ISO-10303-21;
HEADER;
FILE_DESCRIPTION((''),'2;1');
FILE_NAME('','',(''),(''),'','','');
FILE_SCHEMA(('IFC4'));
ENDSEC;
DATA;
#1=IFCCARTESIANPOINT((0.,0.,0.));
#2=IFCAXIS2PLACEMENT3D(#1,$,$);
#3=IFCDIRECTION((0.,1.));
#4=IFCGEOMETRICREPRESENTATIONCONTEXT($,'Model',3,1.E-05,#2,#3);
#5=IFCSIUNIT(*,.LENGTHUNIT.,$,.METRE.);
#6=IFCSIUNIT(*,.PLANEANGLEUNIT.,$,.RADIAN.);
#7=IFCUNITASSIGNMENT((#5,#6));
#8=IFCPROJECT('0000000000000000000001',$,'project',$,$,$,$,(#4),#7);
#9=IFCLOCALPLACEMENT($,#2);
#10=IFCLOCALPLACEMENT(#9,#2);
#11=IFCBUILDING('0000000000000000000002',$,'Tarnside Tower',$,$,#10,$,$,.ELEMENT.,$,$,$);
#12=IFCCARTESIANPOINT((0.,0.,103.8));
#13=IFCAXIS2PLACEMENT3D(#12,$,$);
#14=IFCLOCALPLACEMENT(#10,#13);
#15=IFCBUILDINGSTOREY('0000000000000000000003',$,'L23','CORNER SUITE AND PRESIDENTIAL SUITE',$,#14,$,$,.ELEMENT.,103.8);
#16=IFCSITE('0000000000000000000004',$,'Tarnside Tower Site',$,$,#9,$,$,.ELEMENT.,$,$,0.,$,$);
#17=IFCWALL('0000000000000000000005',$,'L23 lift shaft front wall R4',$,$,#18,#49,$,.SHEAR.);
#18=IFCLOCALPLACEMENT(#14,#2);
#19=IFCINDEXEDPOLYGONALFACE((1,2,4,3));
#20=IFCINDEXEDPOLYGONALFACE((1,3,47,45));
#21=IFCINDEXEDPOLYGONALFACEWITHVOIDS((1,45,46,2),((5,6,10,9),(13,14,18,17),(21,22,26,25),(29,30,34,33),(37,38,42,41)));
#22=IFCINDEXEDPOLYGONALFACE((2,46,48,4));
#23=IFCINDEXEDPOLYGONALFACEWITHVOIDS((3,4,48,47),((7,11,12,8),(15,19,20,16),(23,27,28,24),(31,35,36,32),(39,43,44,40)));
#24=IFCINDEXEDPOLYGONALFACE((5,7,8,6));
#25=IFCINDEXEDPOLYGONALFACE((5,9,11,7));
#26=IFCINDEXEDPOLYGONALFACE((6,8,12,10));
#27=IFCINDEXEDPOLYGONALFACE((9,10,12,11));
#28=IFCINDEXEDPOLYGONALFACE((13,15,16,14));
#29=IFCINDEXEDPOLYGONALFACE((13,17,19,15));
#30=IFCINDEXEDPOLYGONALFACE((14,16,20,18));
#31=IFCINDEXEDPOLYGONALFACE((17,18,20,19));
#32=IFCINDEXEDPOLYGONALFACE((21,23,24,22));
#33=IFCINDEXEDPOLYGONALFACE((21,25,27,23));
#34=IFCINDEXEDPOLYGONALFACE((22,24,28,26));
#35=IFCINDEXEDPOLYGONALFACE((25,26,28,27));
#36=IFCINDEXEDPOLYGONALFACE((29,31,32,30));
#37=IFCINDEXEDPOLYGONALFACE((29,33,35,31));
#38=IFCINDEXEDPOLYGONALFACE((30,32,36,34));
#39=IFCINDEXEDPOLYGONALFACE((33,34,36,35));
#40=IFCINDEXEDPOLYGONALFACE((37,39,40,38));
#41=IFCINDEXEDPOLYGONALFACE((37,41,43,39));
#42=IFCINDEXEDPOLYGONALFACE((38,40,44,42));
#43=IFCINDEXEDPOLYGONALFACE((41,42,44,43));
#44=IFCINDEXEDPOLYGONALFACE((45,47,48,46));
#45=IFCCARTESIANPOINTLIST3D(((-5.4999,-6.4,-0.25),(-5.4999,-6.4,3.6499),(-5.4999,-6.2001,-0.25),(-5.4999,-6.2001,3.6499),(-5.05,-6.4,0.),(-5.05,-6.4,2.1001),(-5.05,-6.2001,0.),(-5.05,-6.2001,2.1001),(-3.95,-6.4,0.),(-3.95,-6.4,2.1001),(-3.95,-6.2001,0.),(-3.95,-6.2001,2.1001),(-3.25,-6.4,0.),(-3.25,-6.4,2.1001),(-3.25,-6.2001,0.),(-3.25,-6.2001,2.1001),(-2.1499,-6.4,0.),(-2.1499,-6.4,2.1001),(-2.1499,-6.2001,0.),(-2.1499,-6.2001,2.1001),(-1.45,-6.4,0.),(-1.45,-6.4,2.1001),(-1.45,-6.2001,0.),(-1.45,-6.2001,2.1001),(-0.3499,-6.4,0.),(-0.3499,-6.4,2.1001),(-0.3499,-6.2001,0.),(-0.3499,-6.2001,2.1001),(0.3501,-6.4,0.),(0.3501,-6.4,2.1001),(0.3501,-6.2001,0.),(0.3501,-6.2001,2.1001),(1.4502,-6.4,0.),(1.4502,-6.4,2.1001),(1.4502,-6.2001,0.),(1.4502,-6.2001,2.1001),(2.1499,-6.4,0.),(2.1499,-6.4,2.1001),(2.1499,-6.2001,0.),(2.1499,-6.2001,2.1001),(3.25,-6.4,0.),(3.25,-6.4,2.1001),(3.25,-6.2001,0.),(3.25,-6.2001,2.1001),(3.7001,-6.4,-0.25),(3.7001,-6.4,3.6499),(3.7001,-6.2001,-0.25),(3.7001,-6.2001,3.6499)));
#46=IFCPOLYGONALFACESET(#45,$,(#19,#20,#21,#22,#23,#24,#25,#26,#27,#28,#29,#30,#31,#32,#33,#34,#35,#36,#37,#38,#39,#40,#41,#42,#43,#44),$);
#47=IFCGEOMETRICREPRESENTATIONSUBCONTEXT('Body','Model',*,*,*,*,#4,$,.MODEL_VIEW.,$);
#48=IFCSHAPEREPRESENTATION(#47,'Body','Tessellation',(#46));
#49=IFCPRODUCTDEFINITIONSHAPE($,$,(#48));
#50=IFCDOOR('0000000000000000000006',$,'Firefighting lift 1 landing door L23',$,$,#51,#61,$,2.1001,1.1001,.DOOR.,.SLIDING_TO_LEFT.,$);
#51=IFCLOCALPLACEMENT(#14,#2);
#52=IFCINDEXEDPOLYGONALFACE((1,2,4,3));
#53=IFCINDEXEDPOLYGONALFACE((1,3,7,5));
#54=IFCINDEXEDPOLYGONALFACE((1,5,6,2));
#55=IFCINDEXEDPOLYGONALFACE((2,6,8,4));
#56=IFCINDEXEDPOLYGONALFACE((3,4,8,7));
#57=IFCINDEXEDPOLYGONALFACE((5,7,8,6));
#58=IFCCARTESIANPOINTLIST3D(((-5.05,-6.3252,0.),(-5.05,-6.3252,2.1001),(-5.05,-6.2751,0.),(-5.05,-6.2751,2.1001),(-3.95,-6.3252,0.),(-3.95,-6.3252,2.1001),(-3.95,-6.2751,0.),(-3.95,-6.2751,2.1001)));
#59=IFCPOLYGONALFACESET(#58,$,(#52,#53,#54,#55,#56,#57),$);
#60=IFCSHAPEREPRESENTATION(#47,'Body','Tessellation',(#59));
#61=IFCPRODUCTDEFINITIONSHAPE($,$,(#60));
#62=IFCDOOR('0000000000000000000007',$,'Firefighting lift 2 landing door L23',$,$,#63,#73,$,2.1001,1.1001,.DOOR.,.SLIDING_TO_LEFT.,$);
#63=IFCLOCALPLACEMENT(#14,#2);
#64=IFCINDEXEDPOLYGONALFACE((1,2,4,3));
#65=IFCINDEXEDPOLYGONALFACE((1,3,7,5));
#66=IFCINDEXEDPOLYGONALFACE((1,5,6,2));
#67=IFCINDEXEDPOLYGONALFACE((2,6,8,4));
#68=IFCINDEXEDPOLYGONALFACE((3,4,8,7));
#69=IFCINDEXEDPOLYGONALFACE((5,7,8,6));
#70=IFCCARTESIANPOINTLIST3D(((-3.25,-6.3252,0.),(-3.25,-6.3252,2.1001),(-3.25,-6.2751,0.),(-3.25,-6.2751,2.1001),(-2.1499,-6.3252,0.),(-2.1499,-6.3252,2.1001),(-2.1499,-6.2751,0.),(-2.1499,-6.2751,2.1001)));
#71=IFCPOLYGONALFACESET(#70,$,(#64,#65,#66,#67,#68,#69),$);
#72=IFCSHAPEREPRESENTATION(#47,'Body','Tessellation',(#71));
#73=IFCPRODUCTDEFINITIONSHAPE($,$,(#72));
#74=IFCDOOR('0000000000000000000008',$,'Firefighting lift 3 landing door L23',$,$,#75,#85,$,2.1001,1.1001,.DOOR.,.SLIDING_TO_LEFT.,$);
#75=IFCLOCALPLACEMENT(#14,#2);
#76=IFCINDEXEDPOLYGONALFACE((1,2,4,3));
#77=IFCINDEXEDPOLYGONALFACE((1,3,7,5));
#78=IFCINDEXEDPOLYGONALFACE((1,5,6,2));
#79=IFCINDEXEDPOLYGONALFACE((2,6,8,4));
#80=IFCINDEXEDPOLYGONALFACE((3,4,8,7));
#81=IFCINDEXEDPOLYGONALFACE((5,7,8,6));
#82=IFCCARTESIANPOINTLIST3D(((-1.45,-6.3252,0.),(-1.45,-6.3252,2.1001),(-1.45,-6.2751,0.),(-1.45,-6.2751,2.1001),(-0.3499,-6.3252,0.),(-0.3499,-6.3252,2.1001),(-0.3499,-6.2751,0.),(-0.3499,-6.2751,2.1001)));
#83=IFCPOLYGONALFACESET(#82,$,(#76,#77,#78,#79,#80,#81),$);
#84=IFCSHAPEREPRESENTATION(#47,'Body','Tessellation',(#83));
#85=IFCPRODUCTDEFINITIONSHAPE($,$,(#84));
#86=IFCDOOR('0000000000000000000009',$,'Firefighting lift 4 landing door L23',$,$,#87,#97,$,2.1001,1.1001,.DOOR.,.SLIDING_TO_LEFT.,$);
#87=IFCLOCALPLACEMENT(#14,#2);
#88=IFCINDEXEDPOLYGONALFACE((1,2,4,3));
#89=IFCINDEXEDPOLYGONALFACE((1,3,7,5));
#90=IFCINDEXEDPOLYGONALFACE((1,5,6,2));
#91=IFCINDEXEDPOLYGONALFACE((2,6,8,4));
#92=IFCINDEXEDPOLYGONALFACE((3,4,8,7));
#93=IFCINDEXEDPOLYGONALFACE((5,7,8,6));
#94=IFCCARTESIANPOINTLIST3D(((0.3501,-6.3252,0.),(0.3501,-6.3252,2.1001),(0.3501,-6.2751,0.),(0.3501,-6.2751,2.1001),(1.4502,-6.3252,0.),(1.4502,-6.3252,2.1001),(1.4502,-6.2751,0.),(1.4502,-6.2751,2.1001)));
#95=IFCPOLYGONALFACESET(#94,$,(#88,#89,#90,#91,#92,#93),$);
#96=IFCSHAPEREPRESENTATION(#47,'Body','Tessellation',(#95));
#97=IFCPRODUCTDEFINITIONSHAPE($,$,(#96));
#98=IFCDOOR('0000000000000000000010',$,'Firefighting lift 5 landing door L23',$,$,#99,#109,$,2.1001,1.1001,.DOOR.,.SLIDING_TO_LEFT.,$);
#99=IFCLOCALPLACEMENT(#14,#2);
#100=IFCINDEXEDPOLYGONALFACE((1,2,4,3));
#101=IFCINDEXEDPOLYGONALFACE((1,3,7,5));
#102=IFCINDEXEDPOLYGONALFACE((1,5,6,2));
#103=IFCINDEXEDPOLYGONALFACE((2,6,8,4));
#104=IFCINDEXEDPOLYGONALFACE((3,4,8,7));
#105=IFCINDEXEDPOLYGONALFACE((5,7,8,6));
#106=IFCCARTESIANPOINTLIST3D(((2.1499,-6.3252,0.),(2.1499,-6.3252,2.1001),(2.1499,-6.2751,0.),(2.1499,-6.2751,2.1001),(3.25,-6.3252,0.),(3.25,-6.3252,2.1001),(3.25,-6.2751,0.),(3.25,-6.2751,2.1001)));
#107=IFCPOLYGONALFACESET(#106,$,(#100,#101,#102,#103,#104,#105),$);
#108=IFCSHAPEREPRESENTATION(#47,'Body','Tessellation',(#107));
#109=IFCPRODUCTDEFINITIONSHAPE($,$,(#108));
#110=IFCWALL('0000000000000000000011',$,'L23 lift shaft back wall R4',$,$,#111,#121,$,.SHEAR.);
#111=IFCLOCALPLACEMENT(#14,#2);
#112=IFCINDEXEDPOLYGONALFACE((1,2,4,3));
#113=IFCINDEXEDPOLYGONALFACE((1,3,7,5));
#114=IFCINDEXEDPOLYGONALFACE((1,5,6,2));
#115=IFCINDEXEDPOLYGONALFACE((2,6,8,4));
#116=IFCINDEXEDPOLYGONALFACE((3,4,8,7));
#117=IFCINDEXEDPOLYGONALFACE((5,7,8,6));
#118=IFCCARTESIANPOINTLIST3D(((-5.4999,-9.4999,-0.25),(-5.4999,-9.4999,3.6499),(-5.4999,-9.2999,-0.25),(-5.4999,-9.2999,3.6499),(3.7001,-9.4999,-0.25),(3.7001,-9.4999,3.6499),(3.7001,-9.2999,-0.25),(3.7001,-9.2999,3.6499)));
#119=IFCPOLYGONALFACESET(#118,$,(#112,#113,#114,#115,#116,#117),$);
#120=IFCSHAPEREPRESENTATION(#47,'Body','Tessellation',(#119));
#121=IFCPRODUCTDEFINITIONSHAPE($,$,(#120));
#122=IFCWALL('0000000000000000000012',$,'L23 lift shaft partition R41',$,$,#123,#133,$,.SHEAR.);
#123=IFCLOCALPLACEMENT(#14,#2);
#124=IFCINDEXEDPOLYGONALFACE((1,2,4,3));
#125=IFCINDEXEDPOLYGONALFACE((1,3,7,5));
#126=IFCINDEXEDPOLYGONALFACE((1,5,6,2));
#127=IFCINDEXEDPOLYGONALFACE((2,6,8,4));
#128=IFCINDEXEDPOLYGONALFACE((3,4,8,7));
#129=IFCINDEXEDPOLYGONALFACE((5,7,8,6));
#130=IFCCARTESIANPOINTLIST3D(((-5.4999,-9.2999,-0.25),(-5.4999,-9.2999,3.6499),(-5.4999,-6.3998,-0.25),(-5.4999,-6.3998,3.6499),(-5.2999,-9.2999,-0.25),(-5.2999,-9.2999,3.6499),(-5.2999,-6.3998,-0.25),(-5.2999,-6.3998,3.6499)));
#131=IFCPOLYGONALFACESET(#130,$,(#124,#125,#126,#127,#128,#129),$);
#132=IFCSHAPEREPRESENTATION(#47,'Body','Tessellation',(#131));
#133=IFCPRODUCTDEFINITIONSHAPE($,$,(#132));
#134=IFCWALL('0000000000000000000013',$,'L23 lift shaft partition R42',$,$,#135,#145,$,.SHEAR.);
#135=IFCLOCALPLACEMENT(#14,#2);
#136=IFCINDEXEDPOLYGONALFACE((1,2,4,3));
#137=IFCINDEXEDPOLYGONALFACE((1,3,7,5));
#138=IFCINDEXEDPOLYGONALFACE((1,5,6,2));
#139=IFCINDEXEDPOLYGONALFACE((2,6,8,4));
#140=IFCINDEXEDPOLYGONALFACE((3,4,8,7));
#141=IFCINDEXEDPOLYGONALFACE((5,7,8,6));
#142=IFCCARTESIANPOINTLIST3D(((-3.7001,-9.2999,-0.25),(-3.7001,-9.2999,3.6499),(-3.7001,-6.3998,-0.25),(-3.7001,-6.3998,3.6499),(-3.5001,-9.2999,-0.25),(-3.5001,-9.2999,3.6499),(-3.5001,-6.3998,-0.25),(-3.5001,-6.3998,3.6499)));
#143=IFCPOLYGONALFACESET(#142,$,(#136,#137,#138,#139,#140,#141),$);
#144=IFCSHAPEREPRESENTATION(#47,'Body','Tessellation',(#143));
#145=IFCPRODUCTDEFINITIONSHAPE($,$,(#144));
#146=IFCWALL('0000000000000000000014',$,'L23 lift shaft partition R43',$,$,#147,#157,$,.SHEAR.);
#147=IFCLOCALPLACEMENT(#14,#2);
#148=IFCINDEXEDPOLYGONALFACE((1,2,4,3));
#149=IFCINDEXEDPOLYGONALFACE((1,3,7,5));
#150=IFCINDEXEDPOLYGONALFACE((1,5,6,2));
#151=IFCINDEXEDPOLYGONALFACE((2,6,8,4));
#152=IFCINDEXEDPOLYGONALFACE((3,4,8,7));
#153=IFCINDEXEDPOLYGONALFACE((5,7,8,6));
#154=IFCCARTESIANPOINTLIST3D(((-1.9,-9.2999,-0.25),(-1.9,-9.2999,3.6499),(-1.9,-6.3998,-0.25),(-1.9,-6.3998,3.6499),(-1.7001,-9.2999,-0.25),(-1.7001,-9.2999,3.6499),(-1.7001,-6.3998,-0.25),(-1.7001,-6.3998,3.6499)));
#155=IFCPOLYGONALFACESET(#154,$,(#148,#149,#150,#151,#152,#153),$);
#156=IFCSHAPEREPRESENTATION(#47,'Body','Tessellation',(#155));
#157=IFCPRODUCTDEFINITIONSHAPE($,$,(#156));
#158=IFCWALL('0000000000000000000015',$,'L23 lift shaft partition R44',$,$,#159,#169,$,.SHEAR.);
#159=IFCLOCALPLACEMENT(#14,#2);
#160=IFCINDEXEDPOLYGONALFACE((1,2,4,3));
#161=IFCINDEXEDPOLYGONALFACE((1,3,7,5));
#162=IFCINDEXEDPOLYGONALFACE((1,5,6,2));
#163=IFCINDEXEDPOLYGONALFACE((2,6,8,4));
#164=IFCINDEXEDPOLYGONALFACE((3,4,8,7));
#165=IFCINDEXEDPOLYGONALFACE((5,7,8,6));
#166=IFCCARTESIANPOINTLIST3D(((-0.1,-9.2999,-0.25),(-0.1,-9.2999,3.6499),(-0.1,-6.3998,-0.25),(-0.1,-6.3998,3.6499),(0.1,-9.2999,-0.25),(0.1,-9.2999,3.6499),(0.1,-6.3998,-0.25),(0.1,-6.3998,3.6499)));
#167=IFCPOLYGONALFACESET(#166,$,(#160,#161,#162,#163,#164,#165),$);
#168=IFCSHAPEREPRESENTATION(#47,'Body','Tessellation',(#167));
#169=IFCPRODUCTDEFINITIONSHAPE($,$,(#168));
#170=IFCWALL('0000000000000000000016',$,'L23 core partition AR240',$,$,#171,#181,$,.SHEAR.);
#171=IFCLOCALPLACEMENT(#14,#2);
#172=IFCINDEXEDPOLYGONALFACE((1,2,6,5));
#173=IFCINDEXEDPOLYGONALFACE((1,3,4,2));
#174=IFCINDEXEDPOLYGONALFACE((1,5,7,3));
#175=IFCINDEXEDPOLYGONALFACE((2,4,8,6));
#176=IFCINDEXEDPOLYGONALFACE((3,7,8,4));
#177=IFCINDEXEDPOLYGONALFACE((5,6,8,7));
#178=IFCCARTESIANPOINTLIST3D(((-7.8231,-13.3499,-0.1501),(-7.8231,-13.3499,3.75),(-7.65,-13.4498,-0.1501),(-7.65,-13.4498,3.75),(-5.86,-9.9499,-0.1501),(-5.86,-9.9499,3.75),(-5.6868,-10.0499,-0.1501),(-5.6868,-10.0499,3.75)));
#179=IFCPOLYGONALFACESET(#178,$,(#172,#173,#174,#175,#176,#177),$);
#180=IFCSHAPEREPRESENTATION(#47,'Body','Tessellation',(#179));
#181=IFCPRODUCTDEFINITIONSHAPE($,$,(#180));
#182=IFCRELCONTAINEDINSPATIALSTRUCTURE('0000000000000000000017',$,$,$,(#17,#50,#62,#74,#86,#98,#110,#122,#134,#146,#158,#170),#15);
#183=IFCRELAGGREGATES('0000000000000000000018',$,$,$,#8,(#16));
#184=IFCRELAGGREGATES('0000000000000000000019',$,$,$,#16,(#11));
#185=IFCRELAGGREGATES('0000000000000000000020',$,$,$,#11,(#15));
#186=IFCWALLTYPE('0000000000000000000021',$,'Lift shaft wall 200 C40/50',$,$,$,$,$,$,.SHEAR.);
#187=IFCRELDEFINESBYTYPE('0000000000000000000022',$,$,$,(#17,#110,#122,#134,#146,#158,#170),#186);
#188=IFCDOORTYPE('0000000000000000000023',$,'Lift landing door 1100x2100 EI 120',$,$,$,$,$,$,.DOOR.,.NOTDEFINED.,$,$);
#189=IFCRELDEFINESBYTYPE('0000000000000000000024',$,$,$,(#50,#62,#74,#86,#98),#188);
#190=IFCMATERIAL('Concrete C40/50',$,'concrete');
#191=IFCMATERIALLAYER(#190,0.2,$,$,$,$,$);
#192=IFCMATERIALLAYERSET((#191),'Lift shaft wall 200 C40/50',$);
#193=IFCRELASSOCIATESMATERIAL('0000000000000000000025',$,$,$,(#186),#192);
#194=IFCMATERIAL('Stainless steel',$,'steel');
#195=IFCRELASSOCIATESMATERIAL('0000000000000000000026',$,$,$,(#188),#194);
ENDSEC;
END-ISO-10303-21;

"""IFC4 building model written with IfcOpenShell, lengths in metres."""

from ifc_helpers import new_model, si_unit, direction, frame, frame_2d, origin, place, context, subcontext, project, spatial, rectangle, extrude, material, layer, layer_set, type_object, element, fill, save


model = new_model("IFC4")

# Units and contexts
model_context = context("Model", 3, precision=1e-05, world=origin(), true_north=direction((0.0, 1.0)))
body_context = subcontext(model_context, "Body", "Model", "MODEL_VIEW")
ifc_project = project(units=[si_unit("LENGTHUNIT", "METRE"), si_unit("PLANEANGLEUNIT", "RADIAN")], contexts=[model_context])

# Site, building, storey
site_placement = place(None, origin())
site = spatial("IfcSite", under=ifc_project, at=site_placement, Name="Tarnside Tower Site", CompositionType="ELEMENT", RefElevation=0.0)
building_placement = place(site_placement, origin())
building = spatial("IfcBuilding", under=site, at=building_placement, Name="Tarnside Tower", CompositionType="ELEMENT")
storey_placement = place(building_placement, frame((0.0, 0.0, 103.8)))
storey = spatial("IfcBuildingStorey", under=building, at=storey_placement, Name="L23", Description="CORNER SUITE AND PRESIDENTIAL SUITE", CompositionType="ELEMENT", Elevation=103.8)

# Shared definitions
ifc_material_1 = material(Name="Concrete C40/50", Category="concrete")

# Wall, openings, doors
ifc_layer_1 = layer(ifc_material_1, 0.2)
ifc_layer_set_1 = layer_set([ifc_layer_1], Name="Lift shaft wall 200 C40/50")
wall_type_1 = type_object("IfcWallType", Name="Lift shaft wall 200 C40/50", PredefinedType="SHEAR", material=ifc_layer_set_1)
wall_1_placement = place(storey_placement, frame((-5.5, -6.3, -0.25), z_axis=(0.0, 0.0, 1.0), x_axis=(1.0, 0.0, 0.0)))
wall_1 = element("IfcWall", 1, at=wall_1_placement, inside=storey, type_object=wall_type_1, Name="L23 lift shaft front wall R4", PredefinedType="SHEAR", context=body_context, shape_type="SweptSolid", body=[
    extrude(rectangle(XDim=9.2, YDim=0.2, at=frame_2d((4.6001, 0.0))), origin(), (0.0, 0.0, 1.0), 3.8999),
])
opening_1_placement = place(wall_1_placement, frame((0.45, 0.0, 0.25)))
opening_1 = element("IfcOpeningElement", 2, at=opening_1_placement, cuts=wall_1, PredefinedType="OPENING", context=body_context, shape_type="SweptSolid", body=[
    extrude(rectangle(XDim=1.1001, YDim=2.1001, at=frame_2d((0.55, 1.05))), frame((0.0, 0.1099, 0.0), z_axis=(0.0, -1.0, 0.0), x_axis=(1.0, 0.0, 0.0)), (0.0, 0.0, 1.0), 0.22),
])
opening_2_placement = place(wall_1_placement, frame((2.25, 0.0, 0.25)))
opening_2 = element("IfcOpeningElement", 3, at=opening_2_placement, cuts=wall_1, PredefinedType="OPENING", context=body_context, shape_type="SweptSolid", body=[
    extrude(rectangle(XDim=1.1001, YDim=2.1001, at=frame_2d((0.55, 1.05))), frame((0.0, 0.1099, 0.0), z_axis=(0.0, -1.0, 0.0), x_axis=(1.0, 0.0, 0.0)), (0.0, 0.0, 1.0), 0.22),
])
opening_3_placement = place(wall_1_placement, frame((4.05, 0.0, 0.25)))
opening_3 = element("IfcOpeningElement", 4, at=opening_3_placement, cuts=wall_1, PredefinedType="OPENING", context=body_context, shape_type="SweptSolid", body=[
    extrude(rectangle(XDim=1.1001, YDim=2.1001, at=frame_2d((0.55, 1.05))), frame((0.0, 0.1099, 0.0), z_axis=(0.0, -1.0, 0.0), x_axis=(1.0, 0.0, 0.0)), (0.0, 0.0, 1.0), 0.22),
])
opening_4_placement = place(wall_1_placement, frame((5.8501, 0.0, 0.25)))
opening_4 = element("IfcOpeningElement", 5, at=opening_4_placement, cuts=wall_1, PredefinedType="OPENING", context=body_context, shape_type="SweptSolid", body=[
    extrude(rectangle(XDim=1.1001, YDim=2.1001, at=frame_2d((0.55, 1.05))), frame((0.0, 0.1099, 0.0), z_axis=(0.0, -1.0, 0.0), x_axis=(1.0, 0.0, 0.0)), (0.0, 0.0, 1.0), 0.22),
])
opening_5_placement = place(wall_1_placement, frame((7.6499, 0.0, 0.25)))
opening_5 = element("IfcOpeningElement", 6, at=opening_5_placement, cuts=wall_1, PredefinedType="OPENING", context=body_context, shape_type="SweptSolid", body=[
    extrude(rectangle(XDim=1.1001, YDim=2.1001, at=frame_2d((0.55, 1.05))), frame((0.0, 0.1099, 0.0), z_axis=(0.0, -1.0, 0.0), x_axis=(1.0, 0.0, 0.0)), (0.0, 0.0, 1.0), 0.22),
])
ifc_material_2 = material(Name="Stainless steel", Category="steel")
door_type_1 = type_object("IfcDoorType", Name="Lift landing door 1100x2100 EI 120", OperationType="NOTDEFINED", PredefinedType="DOOR", material=ifc_material_2)
door_1_placement = place(opening_1_placement, origin())
door_1 = element("IfcDoor", 7, at=door_1_placement, inside=storey, type_object=door_type_1, Name="Firefighting lift 1 landing door L23", OperationType="SLIDING_TO_LEFT", OverallHeight=2.1001, OverallWidth=1.1001, PredefinedType="DOOR", context=body_context, shape_type="SweptSolid", body=[
    extrude(rectangle(XDim=1.1001, YDim=2.1001, at=frame_2d((0.55, 1.05))), frame((0.0, 0.0249, 0.0), z_axis=(0.0, -1.0, 0.0), x_axis=(1.0, 0.0, 0.0)), (0.0, 0.0, 1.0), 0.05),
])
fill(opening_1, door_1)
door_2_placement = place(opening_2_placement, origin())
door_2 = element("IfcDoor", 8, at=door_2_placement, inside=storey, type_object=door_type_1, Name="Firefighting lift 2 landing door L23", OperationType="SLIDING_TO_LEFT", OverallHeight=2.1001, OverallWidth=1.1001, PredefinedType="DOOR", context=body_context, shape_type="SweptSolid", body=[
    extrude(rectangle(XDim=1.1001, YDim=2.1001, at=frame_2d((0.55, 1.05))), frame((0.0, 0.0249, 0.0), z_axis=(0.0, -1.0, 0.0), x_axis=(1.0, 0.0, 0.0)), (0.0, 0.0, 1.0), 0.05),
])
fill(opening_2, door_2)
door_3_placement = place(opening_3_placement, origin())
door_3 = element("IfcDoor", 9, at=door_3_placement, inside=storey, type_object=door_type_1, Name="Firefighting lift 3 landing door L23", OperationType="SLIDING_TO_LEFT", OverallHeight=2.1001, OverallWidth=1.1001, PredefinedType="DOOR", context=body_context, shape_type="SweptSolid", body=[
    extrude(rectangle(XDim=1.1001, YDim=2.1001, at=frame_2d((0.55, 1.05))), frame((0.0, 0.0249, 0.0), z_axis=(0.0, -1.0, 0.0), x_axis=(1.0, 0.0, 0.0)), (0.0, 0.0, 1.0), 0.05),
])
fill(opening_3, door_3)
door_4_placement = place(opening_4_placement, origin())
door_4 = element("IfcDoor", 10, at=door_4_placement, inside=storey, type_object=door_type_1, Name="Firefighting lift 4 landing door L23", OperationType="SLIDING_TO_LEFT", OverallHeight=2.1001, OverallWidth=1.1001, PredefinedType="DOOR", context=body_context, shape_type="SweptSolid", body=[
    extrude(rectangle(XDim=1.1001, YDim=2.1001, at=frame_2d((0.55, 1.05))), frame((0.0, 0.0249, 0.0), z_axis=(0.0, -1.0, 0.0), x_axis=(1.0, 0.0, 0.0)), (0.0, 0.0, 1.0), 0.05),
])
fill(opening_4, door_4)
door_5_placement = place(opening_5_placement, origin())
door_5 = element("IfcDoor", 11, at=door_5_placement, inside=storey, type_object=door_type_1, Name="Firefighting lift 5 landing door L23", OperationType="SLIDING_TO_LEFT", OverallHeight=2.1001, OverallWidth=1.1001, PredefinedType="DOOR", context=body_context, shape_type="SweptSolid", body=[
    extrude(rectangle(XDim=1.1001, YDim=2.1001, at=frame_2d((0.55, 1.05))), frame((0.0, 0.0249, 0.0), z_axis=(0.0, -1.0, 0.0), x_axis=(1.0, 0.0, 0.0)), (0.0, 0.0, 1.0), 0.05),
])
fill(opening_5, door_5)

# Walls
wall_2_placement = place(storey_placement, frame((-5.5, -9.3999, -0.25), z_axis=(0.0, 0.0, 1.0), x_axis=(1.0, 0.0, 0.0)))
element("IfcWall", 12, at=wall_2_placement, inside=storey, type_object=wall_type_1, Name="L23 lift shaft back wall R4", PredefinedType="SHEAR", context=body_context, shape_type="SweptSolid", body=[
    extrude(rectangle(XDim=9.2, YDim=0.2, at=frame_2d((4.6001, 0.0))), origin(), (0.0, 0.0, 1.0), 3.8999),
])
for number, where, z_axis, x_axis, name in (
    (13, (-5.3999, -9.3, -0.25), (0.0, 0.0, 1.0), (0.0, 1.0, 0.0), "L23 lift shaft partition R41"),
    (14, (-3.6001, -9.3, -0.25), (0.0, 0.0, 1.0), (0.0, 1.0, 0.0), "L23 lift shaft partition R42"),
    (15, (-1.8, -9.3, -0.25), (0.0, 0.0, 1.0), (0.0, 1.0, 0.0), "L23 lift shaft partition R43"),
    (16, (0.0, -9.3, -0.25), (0.0, 0.0, 1.0), (0.0, 1.0, 0.0), "L23 lift shaft partition R44"),
):
    element("IfcWall", number, at=place(storey_placement, frame(where, z_axis=z_axis, x_axis=x_axis)), inside=storey, type_object=wall_type_1, Name=name, PredefinedType="SHEAR", context=body_context, shape_type="SweptSolid", body=[
        extrude(rectangle(XDim=2.9001, YDim=0.2, at=frame_2d((1.4502, 0.0))), origin(), (0.0, 0.0, 1.0), 3.8999),
    ])
wall_3_placement = place(storey_placement, frame((-5.7734, -10.0, -0.1501), z_axis=(0.0, 0.0, 1.0), x_axis=(-0.500038, -0.866003, 0.0)))
element("IfcWall", 17, at=wall_3_placement, inside=storey, type_object=wall_type_1, Name="L23 core partition AR240", PredefinedType="SHEAR", context=body_context, shape_type="SweptSolid", body=[
    extrude(rectangle(XDim=3.926, YDim=0.2, at=frame_2d((1.9629, 0.0))), origin(), (0.0, 0.0, 1.0), 3.9001),
])

save(model, "model.ifc")
